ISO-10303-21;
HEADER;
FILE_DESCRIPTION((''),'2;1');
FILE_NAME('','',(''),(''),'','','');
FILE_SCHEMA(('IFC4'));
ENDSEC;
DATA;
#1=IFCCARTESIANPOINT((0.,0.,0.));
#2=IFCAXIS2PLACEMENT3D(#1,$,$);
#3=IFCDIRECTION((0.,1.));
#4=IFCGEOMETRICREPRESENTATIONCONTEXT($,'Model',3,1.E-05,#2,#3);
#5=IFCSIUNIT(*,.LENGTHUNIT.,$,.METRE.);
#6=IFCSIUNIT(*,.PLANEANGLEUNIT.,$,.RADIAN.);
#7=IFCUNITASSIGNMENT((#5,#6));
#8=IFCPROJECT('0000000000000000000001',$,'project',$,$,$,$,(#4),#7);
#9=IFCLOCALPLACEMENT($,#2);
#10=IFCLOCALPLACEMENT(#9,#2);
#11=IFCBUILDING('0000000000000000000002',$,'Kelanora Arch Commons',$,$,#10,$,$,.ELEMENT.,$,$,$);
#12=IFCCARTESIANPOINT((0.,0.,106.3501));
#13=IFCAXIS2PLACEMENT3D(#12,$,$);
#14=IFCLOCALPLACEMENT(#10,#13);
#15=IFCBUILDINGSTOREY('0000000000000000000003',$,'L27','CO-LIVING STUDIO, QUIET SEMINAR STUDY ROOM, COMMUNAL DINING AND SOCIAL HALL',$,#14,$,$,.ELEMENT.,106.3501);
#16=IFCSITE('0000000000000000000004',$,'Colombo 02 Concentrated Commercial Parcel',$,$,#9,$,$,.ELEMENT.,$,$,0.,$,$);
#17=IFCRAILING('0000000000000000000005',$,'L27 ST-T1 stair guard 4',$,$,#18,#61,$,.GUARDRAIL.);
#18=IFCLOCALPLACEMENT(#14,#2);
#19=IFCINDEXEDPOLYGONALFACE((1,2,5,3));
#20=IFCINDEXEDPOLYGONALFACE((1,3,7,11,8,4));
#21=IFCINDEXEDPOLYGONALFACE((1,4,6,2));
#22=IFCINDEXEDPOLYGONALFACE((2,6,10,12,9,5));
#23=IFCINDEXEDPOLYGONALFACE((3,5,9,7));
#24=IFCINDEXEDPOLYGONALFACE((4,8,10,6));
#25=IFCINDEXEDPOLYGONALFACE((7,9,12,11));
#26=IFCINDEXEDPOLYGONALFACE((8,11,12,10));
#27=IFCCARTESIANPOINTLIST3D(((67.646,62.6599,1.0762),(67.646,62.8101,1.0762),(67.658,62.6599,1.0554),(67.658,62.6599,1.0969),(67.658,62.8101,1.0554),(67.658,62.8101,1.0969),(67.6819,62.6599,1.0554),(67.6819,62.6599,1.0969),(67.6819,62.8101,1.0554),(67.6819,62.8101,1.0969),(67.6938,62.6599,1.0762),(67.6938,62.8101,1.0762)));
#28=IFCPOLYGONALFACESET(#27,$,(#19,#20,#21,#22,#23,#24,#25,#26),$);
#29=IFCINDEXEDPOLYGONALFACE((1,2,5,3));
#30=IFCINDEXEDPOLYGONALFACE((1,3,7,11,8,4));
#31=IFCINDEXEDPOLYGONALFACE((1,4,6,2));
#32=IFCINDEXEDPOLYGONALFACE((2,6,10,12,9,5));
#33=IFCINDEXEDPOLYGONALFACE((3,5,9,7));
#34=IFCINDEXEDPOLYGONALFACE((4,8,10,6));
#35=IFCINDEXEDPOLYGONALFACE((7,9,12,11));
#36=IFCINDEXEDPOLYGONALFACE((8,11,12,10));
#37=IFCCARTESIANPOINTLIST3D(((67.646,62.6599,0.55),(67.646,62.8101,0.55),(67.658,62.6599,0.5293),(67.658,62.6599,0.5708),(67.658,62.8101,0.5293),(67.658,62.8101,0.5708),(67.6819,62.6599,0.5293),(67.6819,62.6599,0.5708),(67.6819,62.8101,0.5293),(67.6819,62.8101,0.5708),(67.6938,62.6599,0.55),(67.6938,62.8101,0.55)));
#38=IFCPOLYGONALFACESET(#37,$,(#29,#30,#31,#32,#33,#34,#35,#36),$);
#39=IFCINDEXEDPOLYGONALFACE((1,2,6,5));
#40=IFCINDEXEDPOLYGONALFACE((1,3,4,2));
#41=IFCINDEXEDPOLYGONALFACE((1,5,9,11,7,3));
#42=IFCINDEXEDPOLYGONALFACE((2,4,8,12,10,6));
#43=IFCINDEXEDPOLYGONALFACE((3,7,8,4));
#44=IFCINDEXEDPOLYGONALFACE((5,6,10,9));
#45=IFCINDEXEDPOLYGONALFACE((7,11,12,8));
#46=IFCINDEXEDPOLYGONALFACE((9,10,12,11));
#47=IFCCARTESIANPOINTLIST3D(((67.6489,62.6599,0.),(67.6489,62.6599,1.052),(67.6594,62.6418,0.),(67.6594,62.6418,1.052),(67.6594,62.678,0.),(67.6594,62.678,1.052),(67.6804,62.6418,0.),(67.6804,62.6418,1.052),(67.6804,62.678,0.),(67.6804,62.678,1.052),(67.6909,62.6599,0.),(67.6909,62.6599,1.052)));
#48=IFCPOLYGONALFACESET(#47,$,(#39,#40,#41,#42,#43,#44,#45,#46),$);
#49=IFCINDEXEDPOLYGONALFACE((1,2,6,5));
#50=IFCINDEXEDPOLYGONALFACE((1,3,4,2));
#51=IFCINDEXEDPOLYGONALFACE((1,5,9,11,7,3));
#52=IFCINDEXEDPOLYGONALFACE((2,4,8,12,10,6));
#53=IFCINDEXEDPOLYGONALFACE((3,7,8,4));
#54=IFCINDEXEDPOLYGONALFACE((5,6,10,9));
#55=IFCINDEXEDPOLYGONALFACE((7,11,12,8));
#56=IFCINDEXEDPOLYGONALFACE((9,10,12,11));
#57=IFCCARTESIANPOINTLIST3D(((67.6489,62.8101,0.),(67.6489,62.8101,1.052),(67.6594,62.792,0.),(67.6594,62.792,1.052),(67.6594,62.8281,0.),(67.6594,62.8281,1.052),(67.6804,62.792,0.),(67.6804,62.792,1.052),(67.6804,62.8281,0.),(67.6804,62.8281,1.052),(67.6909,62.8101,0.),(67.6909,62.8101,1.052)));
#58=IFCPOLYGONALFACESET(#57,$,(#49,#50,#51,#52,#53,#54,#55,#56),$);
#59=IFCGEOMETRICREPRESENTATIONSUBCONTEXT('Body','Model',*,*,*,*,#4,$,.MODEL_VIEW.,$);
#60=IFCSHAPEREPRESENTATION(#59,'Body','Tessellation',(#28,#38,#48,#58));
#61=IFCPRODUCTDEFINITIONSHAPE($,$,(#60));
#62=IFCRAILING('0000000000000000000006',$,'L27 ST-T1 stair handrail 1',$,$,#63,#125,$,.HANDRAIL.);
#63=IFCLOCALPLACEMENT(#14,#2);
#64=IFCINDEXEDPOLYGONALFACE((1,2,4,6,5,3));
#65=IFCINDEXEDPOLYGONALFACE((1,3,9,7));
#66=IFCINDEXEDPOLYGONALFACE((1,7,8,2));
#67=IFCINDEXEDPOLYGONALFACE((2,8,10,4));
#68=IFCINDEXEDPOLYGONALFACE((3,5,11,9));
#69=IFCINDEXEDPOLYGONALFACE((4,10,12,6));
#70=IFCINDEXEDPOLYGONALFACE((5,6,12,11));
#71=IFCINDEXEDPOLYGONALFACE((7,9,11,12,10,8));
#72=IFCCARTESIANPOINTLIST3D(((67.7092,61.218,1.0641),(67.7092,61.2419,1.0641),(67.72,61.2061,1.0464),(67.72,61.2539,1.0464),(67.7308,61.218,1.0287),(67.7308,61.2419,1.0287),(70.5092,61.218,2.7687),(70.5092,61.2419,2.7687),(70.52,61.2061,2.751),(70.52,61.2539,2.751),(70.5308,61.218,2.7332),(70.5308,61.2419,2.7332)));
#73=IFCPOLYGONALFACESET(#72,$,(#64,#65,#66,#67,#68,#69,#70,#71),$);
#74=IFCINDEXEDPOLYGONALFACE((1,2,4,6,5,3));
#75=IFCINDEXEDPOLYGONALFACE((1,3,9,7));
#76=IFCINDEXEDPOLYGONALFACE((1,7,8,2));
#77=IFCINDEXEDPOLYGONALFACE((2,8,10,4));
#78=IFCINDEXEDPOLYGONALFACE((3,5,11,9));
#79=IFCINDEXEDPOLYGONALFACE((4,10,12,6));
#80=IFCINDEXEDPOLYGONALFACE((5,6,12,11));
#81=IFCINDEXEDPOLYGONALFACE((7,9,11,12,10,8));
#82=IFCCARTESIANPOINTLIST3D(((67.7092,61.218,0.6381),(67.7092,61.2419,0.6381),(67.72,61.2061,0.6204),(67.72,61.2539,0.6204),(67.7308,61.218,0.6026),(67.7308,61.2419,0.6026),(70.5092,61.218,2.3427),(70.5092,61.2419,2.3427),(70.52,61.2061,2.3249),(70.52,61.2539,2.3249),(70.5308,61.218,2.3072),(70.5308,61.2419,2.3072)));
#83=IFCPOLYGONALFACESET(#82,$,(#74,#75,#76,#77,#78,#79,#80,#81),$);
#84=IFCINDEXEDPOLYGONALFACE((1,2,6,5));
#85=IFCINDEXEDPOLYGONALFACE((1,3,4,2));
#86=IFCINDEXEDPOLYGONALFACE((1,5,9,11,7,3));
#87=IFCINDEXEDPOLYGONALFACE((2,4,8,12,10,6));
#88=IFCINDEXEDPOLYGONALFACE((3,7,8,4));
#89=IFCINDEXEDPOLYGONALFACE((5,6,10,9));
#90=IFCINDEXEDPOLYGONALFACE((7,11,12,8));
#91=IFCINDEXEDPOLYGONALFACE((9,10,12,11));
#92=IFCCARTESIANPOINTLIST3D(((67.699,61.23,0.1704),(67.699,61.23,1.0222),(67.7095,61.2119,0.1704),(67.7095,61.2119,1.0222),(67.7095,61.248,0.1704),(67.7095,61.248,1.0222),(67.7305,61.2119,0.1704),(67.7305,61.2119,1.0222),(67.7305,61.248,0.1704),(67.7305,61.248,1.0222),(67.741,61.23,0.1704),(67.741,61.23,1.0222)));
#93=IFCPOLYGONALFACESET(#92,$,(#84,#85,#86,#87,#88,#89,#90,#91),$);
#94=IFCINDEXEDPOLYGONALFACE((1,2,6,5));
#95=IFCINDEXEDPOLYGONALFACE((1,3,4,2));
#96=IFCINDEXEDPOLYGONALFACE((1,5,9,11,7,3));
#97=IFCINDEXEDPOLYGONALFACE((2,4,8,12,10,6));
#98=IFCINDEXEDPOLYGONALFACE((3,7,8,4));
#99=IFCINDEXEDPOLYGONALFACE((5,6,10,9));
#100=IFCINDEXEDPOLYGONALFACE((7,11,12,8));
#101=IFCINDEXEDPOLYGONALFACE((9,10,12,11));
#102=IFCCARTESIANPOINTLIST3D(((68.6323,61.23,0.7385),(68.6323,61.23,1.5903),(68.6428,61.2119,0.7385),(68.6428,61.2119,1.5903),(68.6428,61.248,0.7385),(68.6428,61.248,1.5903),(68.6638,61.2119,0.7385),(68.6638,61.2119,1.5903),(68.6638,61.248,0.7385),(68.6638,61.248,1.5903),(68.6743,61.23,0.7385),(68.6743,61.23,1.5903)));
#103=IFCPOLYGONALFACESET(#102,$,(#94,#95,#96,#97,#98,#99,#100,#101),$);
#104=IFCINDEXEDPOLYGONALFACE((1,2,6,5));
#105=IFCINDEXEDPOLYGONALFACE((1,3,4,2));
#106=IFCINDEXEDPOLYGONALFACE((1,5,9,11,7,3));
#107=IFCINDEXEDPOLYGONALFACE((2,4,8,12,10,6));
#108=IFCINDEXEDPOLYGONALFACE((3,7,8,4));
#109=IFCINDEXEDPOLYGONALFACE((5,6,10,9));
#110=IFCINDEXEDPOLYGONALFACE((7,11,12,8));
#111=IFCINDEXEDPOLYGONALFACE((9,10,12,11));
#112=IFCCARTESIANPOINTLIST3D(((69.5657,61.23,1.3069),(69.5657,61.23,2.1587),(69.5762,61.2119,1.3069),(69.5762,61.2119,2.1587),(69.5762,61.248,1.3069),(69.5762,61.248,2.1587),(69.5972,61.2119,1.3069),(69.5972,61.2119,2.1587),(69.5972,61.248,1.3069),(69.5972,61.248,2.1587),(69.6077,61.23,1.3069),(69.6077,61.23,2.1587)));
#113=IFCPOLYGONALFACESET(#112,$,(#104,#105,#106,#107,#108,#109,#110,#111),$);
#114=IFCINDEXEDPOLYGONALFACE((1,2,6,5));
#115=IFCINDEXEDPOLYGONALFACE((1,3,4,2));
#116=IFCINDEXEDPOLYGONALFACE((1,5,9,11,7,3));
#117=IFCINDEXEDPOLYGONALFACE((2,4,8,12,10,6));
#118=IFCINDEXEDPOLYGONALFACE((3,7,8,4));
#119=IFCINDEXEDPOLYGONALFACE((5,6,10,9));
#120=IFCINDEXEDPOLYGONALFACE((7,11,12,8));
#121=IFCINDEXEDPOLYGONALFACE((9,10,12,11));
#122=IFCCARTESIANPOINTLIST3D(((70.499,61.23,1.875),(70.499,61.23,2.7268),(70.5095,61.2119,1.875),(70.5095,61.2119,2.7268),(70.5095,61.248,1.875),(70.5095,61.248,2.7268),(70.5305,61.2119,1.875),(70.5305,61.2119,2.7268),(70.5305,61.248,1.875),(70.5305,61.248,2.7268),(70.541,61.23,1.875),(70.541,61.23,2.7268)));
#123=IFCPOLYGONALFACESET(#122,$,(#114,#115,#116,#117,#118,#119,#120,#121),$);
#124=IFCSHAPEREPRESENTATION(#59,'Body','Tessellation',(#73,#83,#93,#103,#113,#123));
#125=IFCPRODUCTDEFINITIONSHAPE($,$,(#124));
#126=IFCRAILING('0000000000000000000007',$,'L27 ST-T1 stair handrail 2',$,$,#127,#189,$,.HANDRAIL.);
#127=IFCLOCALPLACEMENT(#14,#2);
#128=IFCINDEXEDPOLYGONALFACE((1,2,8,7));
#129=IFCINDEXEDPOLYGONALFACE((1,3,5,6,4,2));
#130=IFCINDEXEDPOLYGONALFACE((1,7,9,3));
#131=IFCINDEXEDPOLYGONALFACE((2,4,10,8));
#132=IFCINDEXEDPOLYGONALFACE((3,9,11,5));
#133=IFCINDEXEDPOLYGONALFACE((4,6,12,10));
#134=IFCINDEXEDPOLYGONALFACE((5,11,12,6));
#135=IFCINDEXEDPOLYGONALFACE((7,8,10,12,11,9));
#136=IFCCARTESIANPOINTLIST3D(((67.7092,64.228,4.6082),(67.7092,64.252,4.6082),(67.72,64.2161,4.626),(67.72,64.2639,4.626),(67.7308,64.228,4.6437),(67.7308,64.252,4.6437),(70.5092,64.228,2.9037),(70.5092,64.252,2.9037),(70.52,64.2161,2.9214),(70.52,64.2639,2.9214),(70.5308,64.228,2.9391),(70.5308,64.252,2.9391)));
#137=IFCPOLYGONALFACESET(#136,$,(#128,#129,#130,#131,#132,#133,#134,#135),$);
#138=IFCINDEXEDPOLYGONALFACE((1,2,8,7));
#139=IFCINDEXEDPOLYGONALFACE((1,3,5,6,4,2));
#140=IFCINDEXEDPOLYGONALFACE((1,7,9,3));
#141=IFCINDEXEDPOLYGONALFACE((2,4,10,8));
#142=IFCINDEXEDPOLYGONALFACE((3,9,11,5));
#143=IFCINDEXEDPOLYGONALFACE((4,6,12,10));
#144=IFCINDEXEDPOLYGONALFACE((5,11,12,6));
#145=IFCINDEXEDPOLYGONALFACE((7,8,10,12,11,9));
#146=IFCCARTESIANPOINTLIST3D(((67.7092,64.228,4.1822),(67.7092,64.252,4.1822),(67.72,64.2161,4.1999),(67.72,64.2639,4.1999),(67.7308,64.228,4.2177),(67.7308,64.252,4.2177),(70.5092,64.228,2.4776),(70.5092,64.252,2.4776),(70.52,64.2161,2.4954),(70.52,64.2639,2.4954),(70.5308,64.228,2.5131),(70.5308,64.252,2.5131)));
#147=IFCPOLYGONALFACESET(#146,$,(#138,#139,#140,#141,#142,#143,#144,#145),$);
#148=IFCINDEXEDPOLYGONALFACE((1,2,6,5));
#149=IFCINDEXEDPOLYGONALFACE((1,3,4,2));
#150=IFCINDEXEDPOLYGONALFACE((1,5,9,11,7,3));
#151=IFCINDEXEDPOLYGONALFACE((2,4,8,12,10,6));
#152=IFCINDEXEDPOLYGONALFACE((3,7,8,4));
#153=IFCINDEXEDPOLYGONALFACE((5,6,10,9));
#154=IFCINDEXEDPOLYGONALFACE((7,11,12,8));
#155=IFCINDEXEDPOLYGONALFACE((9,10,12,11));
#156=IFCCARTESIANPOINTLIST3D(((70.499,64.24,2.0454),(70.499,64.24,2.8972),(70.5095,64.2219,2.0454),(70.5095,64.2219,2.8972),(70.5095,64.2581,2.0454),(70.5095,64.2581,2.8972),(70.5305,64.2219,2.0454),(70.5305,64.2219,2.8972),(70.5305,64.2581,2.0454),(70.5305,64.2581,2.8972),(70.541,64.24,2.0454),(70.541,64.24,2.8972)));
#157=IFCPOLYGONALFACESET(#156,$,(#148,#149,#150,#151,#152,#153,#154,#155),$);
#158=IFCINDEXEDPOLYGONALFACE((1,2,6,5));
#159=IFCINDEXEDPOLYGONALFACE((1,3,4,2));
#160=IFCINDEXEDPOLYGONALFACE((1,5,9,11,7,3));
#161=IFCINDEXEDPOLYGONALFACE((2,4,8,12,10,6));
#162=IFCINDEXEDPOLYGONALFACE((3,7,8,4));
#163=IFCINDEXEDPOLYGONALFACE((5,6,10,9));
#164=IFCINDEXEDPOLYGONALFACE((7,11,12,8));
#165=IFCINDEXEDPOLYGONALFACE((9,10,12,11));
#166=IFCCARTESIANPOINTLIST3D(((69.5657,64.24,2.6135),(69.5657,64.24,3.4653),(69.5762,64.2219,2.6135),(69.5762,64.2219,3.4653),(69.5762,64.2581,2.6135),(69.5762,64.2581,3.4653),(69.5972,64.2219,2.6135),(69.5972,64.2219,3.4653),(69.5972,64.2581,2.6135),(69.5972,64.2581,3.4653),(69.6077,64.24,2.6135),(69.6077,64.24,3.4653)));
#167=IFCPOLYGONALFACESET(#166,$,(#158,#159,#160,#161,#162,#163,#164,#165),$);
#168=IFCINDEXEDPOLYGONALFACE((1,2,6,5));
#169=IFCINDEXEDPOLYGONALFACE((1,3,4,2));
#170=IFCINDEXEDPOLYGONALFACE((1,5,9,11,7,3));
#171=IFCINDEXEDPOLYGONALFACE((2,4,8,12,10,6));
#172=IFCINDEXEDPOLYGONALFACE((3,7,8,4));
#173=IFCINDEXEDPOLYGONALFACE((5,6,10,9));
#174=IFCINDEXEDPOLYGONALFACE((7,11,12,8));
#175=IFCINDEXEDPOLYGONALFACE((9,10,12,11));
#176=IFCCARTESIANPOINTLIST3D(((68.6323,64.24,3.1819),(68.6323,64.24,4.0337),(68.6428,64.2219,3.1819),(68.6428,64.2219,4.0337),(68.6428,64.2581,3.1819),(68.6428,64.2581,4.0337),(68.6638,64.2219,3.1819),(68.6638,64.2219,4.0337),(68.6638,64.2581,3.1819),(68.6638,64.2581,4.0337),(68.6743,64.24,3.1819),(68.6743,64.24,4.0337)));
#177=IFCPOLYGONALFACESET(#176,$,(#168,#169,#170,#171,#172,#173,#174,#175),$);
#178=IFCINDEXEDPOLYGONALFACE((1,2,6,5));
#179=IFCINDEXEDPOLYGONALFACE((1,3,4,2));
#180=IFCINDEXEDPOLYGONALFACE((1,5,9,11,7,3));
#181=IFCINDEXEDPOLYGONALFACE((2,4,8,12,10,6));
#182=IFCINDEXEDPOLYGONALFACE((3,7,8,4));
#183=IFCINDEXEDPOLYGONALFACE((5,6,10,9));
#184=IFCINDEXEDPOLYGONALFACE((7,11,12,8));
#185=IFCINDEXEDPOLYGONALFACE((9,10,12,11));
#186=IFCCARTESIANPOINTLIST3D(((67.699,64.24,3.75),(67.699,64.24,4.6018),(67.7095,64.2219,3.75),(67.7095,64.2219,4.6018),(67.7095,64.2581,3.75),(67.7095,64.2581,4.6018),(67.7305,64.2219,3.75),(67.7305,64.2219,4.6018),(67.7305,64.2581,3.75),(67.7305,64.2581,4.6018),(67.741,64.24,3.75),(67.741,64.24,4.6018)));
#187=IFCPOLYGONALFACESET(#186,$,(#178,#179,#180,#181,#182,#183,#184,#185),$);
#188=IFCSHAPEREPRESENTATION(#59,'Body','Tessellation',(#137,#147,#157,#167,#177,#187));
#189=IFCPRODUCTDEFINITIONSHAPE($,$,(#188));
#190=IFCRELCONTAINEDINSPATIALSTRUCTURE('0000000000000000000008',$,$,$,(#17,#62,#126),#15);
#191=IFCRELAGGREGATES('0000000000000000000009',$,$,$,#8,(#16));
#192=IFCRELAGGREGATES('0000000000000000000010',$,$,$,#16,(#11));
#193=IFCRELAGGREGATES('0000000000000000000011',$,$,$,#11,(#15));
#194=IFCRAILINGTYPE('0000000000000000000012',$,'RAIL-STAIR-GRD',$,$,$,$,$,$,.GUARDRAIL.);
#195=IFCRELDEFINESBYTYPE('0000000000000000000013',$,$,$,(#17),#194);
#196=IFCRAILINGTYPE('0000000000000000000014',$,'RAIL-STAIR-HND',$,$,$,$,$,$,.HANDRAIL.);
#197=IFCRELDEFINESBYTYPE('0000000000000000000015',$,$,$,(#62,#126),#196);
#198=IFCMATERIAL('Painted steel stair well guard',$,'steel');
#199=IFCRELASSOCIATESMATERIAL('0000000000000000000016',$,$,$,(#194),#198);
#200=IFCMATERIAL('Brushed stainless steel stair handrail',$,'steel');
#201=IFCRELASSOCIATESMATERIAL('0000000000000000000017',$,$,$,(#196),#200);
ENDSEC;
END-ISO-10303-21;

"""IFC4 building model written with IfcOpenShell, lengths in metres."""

from ifc_helpers import new_model, si_unit, direction, frame, origin, place, context, subcontext, project, spatial, polyline, outline, extrude, material, type_object, element, save


model = new_model("IFC4")

# Units and contexts
model_context = context("Model", 3, precision=1e-05, world=origin(), true_north=direction((0.0, 1.0)))
body_context = subcontext(model_context, "Body", "Model", "MODEL_VIEW")
ifc_project = project(units=[si_unit("LENGTHUNIT", "METRE"), si_unit("PLANEANGLEUNIT", "RADIAN")], contexts=[model_context])

# Site, building, storey
site_placement = place(None, origin())
site = spatial("IfcSite", under=ifc_project, at=site_placement, Name="Colombo 02 Concentrated Commercial Parcel", CompositionType="ELEMENT", RefElevation=0.0)
building_placement = place(site_placement, origin())
building = spatial("IfcBuilding", under=site, at=building_placement, Name="Kelanora Arch Commons", CompositionType="ELEMENT")
storey_placement = place(building_placement, frame((0.0, 0.0, 106.3501)))
storey = spatial("IfcBuildingStorey", under=building, at=storey_placement, Name="L27", Description="CO-LIVING STUDIO, QUIET SEMINAR STUDY ROOM, COMMUNAL DINING AND SOCIAL HALL", CompositionType="ELEMENT", Elevation=106.3501)

# Railings
ifc_material_1 = material(Name="Painted steel stair well guard", Category="steel")
railing_type_1 = type_object("IfcRailingType", Name="RAIL-STAIR-GRD", PredefinedType="GUARDRAIL", material=ifc_material_1)
railing_1_placement = place(storey_placement, frame((67.6699, 62.6599, 0.0)))
element("IfcRailing", 1, at=railing_1_placement, inside=storey, type_object=railing_type_1, Name="L27 ST-T1 stair guard 4", PredefinedType="GUARDRAIL", context=body_context, shape_type="SweptSolid", body=[
    extrude(outline(polyline([(0.0239, 0.0), (0.012, 0.0208), (-0.012, 0.0208), (-0.0239, 0.0), (-0.012, -0.0208), (0.012, -0.0208), (0.0239, 0.0)])), frame((0.0, 0.0, 1.0762), z_axis=(0.0, 1.0, 0.0), x_axis=(-1.0, 0.0, 0.0)), (0.0, 0.0, 1.0), 0.1501),
    extrude(outline(polyline([(0.0239, 0.0), (0.012, 0.0208), (-0.012, 0.0208), (-0.0239, 0.0), (-0.012, -0.0208), (0.012, -0.0208), (0.0239, 0.0)])), frame((0.0, 0.0, 0.55), z_axis=(0.0, 1.0, 0.0), x_axis=(-1.0, 0.0, 0.0)), (0.0, 0.0, 1.0), 0.1501),
    extrude(outline(polyline([(0.021, 0.0), (0.0105, 0.0181), (-0.0105, 0.0181), (-0.021, 0.0), (-0.0105, -0.0181), (0.0105, -0.0181), (0.021, 0.0)])), origin(), (0.0, 0.0, 1.0), 1.052),
    extrude(outline(polyline([(0.021, 0.0), (0.0105, 0.0181), (-0.0105, 0.0181), (-0.021, 0.0), (-0.0105, -0.0181), (0.0105, -0.0181), (0.021, 0.0)])), frame((0.0, 0.1501, 0.0)), (0.0, 0.0, 1.0), 1.052),
])
ifc_material_2 = material(Name="Brushed stainless steel stair handrail", Category="steel")
railing_type_2 = type_object("IfcRailingType", Name="RAIL-STAIR-HND", PredefinedType="HANDRAIL", material=ifc_material_2)
railing_2_placement = place(storey_placement, frame((67.72, 61.23, 0.1704)))
element("IfcRailing", 2, at=railing_2_placement, inside=storey, type_object=railing_type_2, Name="L27 ST-T1 stair handrail 1", PredefinedType="HANDRAIL", context=body_context, shape_type="SweptSolid", body=[
    extrude(outline(polyline([(0.0239, 0.0), (0.012, 0.0208), (-0.012, 0.0208), (-0.0239, 0.0), (-0.012, -0.0208), (0.012, -0.0208), (0.0239, 0.0)])), frame((0.0, 0.0, 0.876), z_axis=(0.85417, 0.0, 0.519994), x_axis=(0.0, 1.0, 0.0)), (0.0, 0.0, 1.0), 3.2781),
    extrude(outline(polyline([(0.0239, 0.0), (0.012, 0.0208), (-0.012, 0.0208), (-0.0239, 0.0), (-0.012, -0.0208), (0.012, -0.0208), (0.0239, 0.0)])), frame((0.0, 0.0, 0.45), z_axis=(0.85417, 0.0, 0.519994), x_axis=(0.0, 1.0, 0.0)), (0.0, 0.0, 1.0), 3.2781),
    extrude(outline(polyline([(0.021, 0.0), (0.0105, 0.0181), (-0.0105, 0.0181), (-0.021, 0.0), (-0.0105, -0.0181), (0.0105, -0.0181), (0.021, 0.0)])), origin(), (0.0, 0.0, 1.0), 0.8518),
    extrude(outline(polyline([(0.021, 0.0), (0.0105, 0.0181), (-0.0105, 0.0181), (-0.021, 0.0), (-0.0105, -0.0181), (0.0105, -0.0181), (0.021, 0.0)])), frame((0.9333, 0.0, 0.5681)), (0.0, 0.0, 1.0), 0.8518),
    extrude(outline(polyline([(0.021, 0.0), (0.0105, 0.0181), (-0.0105, 0.0181), (-0.021, 0.0), (-0.0105, -0.0181), (0.0105, -0.0181), (0.021, 0.0)])), frame((1.8667, 0.0, 1.1365)), (0.0, 0.0, 1.0), 0.8518),
    extrude(outline(polyline([(0.021, 0.0), (0.0105, 0.0181), (-0.0105, 0.0181), (-0.021, 0.0), (-0.0105, -0.0181), (0.0105, -0.0181), (0.021, 0.0)])), frame((2.8, 0.0, 1.7046)), (0.0, 0.0, 1.0), 0.8518),
])
railing_3_placement = place(storey_placement, frame((70.52, 64.24, 2.0454)))
element("IfcRailing", 3, at=railing_3_placement, inside=storey, type_object=railing_type_2, Name="L27 ST-T1 stair handrail 2", PredefinedType="HANDRAIL", context=body_context, shape_type="SweptSolid", body=[
    extrude(outline(polyline([(0.0239, 0.0), (0.012, 0.0208), (-0.012, 0.0208), (-0.0239, 0.0), (-0.012, -0.0208), (0.012, -0.0208), (0.0239, 0.0)])), frame((0.0, 0.0, 0.876), z_axis=(-0.85417, 0.0, 0.519994), x_axis=(0.0, -1.0, 0.0)), (0.0, 0.0, 1.0), 3.2781),
    extrude(outline(polyline([(0.0239, 0.0), (0.012, 0.0208), (-0.012, 0.0208), (-0.0239, 0.0), (-0.012, -0.0208), (0.012, -0.0208), (0.0239, 0.0)])), frame((0.0, 0.0, 0.45), z_axis=(-0.85417, 0.0, 0.519994), x_axis=(0.0, -1.0, 0.0)), (0.0, 0.0, 1.0), 3.2781),
    extrude(outline(polyline([(0.021, 0.0), (0.0105, 0.0181), (-0.0105, 0.0181), (-0.021, 0.0), (-0.0105, -0.0181), (0.0105, -0.0181), (0.021, 0.0)])), origin(), (0.0, 0.0, 1.0), 0.8518),
    extrude(outline(polyline([(0.021, 0.0), (0.0105, 0.0181), (-0.0105, 0.0181), (-0.021, 0.0), (-0.0105, -0.0181), (0.0105, -0.0181), (0.021, 0.0)])), frame((-0.9333, 0.0, 0.5681)), (0.0, 0.0, 1.0), 0.8518),
    extrude(outline(polyline([(0.021, 0.0), (0.0105, 0.0181), (-0.0105, 0.0181), (-0.021, 0.0), (-0.0105, -0.0181), (0.0105, -0.0181), (0.021, 0.0)])), frame((-1.8667, 0.0, 1.1365)), (0.0, 0.0, 1.0), 0.8518),
    extrude(outline(polyline([(0.021, 0.0), (0.0105, 0.0181), (-0.0105, 0.0181), (-0.021, 0.0), (-0.0105, -0.0181), (0.0105, -0.0181), (0.021, 0.0)])), frame((-2.8, 0.0, 1.7046)), (0.0, 0.0, 1.0), 0.8518),
])

save(model, "model.ifc")
